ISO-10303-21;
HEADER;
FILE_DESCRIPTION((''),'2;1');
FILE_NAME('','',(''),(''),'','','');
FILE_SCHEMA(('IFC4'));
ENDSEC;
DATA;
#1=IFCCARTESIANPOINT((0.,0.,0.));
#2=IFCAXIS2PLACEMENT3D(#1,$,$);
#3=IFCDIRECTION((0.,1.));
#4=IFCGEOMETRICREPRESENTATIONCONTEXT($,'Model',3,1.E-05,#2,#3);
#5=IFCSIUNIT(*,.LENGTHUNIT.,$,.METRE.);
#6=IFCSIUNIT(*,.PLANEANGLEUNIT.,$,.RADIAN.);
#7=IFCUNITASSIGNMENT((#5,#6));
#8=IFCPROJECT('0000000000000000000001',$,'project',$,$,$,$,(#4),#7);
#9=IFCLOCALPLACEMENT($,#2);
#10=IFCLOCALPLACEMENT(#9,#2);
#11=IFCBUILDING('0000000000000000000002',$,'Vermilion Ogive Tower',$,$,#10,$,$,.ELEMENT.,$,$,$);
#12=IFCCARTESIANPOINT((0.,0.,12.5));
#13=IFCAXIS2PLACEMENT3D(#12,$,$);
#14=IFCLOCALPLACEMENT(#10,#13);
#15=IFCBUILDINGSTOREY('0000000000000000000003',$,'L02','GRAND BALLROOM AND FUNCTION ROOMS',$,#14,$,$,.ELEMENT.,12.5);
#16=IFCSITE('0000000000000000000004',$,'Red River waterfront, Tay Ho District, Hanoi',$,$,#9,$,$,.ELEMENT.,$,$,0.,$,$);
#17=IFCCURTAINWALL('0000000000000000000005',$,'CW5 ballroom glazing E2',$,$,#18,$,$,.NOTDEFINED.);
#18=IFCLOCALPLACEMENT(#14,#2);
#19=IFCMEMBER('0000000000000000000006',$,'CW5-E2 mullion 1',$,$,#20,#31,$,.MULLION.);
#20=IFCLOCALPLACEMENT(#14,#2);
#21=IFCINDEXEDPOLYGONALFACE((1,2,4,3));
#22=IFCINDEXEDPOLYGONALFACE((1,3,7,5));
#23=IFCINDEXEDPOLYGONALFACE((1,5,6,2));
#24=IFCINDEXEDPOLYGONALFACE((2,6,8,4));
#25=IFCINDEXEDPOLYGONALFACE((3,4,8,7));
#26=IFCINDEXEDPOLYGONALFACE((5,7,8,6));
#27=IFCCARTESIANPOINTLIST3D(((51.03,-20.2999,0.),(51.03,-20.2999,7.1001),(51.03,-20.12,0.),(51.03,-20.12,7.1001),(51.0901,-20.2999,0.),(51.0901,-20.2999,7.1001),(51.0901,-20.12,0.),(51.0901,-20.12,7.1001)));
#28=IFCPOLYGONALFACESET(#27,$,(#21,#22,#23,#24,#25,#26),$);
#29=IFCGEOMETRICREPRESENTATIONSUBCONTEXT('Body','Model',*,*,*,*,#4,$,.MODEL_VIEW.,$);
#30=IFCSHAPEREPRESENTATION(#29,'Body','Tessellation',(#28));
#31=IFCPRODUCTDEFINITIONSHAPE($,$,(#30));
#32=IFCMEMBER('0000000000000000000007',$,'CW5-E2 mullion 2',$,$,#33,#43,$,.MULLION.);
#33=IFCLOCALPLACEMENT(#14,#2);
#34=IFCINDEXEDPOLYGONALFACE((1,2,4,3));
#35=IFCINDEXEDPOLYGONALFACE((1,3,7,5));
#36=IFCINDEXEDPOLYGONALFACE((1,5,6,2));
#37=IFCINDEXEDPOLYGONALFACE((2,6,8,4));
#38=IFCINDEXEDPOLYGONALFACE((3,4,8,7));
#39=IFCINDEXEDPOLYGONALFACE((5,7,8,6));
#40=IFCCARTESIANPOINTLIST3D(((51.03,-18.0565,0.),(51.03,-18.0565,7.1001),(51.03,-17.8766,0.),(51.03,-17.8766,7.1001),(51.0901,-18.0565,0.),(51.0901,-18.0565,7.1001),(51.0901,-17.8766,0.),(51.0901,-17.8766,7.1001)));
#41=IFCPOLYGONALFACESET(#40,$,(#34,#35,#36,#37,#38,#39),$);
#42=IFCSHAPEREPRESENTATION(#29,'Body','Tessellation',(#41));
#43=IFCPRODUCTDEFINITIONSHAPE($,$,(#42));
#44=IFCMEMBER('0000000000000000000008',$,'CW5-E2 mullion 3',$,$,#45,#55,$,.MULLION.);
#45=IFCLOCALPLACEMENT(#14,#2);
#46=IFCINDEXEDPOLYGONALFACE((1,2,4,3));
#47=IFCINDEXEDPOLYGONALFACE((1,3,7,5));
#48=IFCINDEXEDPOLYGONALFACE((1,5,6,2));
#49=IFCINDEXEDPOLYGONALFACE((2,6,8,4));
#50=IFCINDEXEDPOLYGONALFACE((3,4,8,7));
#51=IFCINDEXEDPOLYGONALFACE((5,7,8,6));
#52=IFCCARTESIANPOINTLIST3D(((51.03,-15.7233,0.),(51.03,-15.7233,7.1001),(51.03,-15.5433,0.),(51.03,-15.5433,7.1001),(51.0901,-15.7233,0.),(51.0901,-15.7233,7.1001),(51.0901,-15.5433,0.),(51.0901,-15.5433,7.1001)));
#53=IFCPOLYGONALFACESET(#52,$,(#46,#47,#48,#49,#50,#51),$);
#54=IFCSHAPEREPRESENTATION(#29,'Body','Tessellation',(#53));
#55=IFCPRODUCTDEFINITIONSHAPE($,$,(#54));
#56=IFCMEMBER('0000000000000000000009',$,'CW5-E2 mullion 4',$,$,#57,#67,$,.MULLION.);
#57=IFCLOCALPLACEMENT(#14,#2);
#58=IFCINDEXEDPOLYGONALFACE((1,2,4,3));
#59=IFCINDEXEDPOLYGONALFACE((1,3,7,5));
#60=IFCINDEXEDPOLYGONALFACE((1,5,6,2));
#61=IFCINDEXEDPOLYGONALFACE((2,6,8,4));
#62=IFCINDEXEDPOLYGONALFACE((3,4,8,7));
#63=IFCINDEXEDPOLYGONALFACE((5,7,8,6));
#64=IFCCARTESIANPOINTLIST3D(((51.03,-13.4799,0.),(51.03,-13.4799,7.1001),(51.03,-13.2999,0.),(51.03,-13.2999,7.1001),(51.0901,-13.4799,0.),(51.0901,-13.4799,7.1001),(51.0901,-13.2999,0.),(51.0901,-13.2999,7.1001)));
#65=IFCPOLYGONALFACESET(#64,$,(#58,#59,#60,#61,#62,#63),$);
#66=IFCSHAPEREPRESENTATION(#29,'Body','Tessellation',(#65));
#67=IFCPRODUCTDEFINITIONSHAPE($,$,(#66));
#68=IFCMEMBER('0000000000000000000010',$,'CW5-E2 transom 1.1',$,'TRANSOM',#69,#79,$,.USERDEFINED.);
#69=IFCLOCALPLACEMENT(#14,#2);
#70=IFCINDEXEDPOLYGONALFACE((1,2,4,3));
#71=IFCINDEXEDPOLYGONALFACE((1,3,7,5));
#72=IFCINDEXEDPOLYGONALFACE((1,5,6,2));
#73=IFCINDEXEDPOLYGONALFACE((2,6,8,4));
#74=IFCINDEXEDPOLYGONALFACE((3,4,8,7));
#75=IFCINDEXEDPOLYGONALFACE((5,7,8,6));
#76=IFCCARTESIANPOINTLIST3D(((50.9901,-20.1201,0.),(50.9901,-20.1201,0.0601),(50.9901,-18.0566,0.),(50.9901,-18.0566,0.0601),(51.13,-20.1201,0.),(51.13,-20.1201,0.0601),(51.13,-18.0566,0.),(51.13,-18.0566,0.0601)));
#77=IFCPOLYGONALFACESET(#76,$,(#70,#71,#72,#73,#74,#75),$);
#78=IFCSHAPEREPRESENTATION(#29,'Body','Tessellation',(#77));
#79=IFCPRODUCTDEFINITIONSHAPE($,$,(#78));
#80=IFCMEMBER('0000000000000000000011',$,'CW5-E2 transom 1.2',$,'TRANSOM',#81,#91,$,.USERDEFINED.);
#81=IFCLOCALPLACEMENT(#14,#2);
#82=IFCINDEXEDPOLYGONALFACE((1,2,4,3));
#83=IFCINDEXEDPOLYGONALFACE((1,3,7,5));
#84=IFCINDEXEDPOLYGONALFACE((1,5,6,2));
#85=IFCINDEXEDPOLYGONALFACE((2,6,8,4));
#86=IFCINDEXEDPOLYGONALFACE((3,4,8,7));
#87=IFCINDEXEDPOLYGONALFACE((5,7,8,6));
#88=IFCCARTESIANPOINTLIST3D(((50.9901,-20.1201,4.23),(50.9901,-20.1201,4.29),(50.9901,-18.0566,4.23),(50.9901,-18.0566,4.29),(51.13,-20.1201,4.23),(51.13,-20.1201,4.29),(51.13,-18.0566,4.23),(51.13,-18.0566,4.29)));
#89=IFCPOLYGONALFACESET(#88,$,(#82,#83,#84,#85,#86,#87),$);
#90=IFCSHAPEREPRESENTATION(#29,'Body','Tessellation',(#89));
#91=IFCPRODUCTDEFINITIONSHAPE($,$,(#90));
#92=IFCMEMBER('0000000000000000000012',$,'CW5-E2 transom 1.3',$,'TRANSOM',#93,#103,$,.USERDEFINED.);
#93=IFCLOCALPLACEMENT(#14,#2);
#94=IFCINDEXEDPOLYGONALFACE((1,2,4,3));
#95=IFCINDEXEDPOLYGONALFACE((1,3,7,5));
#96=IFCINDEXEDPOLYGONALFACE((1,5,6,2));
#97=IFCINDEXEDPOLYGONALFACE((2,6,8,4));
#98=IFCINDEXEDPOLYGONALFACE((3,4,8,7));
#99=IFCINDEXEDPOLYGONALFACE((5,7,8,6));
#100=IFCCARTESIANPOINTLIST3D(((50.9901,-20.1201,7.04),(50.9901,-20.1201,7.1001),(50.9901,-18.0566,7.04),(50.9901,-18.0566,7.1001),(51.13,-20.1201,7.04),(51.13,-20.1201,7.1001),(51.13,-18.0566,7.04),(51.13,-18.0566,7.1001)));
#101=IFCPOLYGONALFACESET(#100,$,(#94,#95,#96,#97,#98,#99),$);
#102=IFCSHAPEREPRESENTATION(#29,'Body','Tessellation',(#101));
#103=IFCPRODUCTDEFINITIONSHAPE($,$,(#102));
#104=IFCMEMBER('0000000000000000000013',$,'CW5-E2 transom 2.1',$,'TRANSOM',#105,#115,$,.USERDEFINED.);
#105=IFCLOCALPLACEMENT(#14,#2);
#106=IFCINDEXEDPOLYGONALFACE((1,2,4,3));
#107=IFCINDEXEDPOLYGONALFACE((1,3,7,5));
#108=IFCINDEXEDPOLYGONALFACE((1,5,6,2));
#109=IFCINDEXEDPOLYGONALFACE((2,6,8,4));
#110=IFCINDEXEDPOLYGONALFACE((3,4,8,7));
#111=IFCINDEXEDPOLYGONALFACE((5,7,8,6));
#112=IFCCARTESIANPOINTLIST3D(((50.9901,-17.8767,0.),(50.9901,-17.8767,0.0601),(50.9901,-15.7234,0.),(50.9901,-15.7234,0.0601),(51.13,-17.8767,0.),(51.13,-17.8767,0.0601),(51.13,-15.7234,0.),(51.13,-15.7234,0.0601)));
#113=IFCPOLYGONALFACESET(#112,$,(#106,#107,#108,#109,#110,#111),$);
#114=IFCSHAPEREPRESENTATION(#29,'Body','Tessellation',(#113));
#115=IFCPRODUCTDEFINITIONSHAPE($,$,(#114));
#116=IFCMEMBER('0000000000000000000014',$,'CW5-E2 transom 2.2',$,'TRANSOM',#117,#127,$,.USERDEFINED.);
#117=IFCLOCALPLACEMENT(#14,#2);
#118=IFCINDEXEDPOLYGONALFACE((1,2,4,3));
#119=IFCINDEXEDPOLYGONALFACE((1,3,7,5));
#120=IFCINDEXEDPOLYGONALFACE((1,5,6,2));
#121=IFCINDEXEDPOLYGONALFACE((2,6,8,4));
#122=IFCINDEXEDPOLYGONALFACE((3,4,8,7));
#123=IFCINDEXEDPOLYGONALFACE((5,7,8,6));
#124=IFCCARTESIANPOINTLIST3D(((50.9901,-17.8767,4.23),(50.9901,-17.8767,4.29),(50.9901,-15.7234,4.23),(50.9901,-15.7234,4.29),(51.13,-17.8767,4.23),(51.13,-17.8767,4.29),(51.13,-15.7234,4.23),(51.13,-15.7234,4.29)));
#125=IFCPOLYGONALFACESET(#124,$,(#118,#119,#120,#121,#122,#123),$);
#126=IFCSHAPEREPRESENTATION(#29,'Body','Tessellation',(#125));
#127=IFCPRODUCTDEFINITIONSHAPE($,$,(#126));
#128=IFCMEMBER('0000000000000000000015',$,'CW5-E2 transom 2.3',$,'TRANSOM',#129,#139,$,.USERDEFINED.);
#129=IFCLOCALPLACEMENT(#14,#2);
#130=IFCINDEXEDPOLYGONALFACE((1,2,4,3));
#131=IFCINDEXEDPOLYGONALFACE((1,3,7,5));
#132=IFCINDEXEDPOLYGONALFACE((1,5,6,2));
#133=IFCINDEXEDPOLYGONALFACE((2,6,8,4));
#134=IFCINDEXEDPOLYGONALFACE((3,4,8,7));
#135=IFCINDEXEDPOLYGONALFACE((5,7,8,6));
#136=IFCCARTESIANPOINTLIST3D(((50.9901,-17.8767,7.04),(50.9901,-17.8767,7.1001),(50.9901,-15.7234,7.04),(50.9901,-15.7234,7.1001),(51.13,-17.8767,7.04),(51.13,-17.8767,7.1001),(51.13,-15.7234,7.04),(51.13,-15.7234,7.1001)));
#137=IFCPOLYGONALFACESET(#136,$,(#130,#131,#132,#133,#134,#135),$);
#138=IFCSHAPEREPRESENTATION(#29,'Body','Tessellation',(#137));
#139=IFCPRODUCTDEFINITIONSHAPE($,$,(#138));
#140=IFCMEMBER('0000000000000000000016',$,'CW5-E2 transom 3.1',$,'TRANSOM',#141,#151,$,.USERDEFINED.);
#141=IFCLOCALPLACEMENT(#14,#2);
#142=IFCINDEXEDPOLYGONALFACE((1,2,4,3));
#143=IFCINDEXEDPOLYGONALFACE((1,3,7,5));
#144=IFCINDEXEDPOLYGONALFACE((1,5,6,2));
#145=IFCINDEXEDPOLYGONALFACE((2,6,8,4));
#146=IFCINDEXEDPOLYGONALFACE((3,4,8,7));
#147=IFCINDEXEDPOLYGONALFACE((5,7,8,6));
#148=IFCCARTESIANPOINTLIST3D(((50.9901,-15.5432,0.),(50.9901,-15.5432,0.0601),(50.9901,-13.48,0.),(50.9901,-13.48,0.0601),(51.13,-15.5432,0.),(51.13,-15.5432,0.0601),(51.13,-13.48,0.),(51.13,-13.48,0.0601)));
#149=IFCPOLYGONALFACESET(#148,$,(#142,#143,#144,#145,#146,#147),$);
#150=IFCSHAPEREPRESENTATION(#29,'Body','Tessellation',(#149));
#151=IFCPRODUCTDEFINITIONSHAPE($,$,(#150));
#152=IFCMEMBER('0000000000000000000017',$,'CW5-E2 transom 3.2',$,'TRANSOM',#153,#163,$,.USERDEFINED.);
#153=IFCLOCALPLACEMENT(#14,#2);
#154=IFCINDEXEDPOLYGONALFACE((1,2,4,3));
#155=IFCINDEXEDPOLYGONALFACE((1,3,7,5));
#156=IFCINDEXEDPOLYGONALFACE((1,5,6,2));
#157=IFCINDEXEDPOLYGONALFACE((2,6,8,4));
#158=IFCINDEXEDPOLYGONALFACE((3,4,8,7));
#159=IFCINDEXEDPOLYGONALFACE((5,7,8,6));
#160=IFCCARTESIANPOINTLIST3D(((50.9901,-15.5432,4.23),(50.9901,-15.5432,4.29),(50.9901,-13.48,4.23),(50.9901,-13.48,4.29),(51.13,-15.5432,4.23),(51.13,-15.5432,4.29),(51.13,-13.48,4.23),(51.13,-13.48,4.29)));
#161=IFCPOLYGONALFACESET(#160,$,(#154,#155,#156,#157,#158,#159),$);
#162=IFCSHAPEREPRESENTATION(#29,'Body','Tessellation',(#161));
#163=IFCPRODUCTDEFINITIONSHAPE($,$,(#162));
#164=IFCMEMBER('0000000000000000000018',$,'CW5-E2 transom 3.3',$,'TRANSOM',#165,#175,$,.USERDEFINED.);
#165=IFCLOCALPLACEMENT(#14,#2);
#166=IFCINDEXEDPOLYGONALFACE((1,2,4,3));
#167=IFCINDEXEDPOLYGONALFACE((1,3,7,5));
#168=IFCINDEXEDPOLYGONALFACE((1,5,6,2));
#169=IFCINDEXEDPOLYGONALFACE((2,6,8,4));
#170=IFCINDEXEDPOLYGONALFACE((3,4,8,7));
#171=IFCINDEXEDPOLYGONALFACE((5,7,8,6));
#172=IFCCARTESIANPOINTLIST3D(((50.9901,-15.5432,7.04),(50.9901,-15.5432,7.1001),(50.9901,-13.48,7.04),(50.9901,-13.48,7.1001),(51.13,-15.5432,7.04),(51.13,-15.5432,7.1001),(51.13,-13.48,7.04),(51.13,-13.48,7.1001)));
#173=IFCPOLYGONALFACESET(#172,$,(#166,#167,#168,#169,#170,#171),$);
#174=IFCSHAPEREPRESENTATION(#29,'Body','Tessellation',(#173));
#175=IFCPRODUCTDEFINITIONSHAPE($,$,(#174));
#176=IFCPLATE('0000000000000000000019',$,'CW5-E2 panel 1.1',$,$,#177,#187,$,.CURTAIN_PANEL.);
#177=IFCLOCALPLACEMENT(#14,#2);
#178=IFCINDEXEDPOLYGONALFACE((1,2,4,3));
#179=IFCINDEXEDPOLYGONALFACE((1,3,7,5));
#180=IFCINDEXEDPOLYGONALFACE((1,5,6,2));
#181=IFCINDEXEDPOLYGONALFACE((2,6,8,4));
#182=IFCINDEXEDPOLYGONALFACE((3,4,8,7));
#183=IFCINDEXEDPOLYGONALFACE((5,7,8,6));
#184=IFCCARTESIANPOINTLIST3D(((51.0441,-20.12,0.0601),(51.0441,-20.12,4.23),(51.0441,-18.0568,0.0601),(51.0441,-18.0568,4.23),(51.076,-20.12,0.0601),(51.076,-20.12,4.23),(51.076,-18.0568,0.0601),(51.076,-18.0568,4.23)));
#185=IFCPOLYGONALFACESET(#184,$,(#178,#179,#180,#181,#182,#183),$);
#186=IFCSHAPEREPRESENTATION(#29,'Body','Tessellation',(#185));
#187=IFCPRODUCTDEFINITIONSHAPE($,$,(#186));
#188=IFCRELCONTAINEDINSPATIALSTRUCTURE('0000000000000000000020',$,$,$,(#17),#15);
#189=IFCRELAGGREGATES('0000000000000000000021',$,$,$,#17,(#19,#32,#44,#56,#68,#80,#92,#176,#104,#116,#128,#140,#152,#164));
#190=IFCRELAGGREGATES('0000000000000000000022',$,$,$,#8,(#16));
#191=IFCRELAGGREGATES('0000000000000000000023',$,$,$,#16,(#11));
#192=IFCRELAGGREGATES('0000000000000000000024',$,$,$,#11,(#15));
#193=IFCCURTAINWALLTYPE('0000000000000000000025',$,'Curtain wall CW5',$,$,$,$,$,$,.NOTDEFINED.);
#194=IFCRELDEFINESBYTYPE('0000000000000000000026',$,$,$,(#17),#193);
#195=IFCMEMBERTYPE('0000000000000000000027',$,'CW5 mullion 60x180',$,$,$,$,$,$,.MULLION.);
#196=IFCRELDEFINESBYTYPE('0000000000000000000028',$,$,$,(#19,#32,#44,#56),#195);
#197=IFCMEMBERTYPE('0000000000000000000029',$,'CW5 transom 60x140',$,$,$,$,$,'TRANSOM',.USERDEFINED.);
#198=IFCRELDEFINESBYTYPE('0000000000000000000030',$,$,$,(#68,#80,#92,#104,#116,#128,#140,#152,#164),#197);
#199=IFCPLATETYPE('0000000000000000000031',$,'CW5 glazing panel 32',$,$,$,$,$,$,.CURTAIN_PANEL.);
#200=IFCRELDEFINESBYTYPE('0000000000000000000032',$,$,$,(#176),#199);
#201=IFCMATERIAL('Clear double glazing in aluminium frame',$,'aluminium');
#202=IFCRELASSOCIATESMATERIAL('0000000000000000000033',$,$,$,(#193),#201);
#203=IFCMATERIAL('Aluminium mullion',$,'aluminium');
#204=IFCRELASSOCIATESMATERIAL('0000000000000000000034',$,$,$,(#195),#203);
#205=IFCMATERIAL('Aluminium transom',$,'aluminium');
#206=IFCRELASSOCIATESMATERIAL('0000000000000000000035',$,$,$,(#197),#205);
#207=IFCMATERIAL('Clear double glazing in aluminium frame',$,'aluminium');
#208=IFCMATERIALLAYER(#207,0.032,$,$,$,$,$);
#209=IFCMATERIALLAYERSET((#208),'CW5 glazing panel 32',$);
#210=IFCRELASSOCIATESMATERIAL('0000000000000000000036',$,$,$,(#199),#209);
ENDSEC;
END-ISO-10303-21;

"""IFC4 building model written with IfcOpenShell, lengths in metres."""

from ifc_helpers import new_model, si_unit, direction, frame, origin, origin_2d, place, context, subcontext, project, spatial, rectangle, extrude, material, layer, layer_set, material_profile, profile_set, type_object, element, aggregate, save


model = new_model("IFC4")

# Units and contexts
model_context = context("Model", 3, precision=1e-05, world=origin(), true_north=direction((0.0, 1.0)))
body_context = subcontext(model_context, "Body", "Model", "MODEL_VIEW")
ifc_project = project(units=[si_unit("LENGTHUNIT", "METRE"), si_unit("PLANEANGLEUNIT", "RADIAN")], contexts=[model_context])

# Site, building, storey
site_placement = place(None, origin())
site = spatial("IfcSite", under=ifc_project, at=site_placement, Name="Red River waterfront, Tay Ho District, Hanoi", CompositionType="ELEMENT", RefElevation=0.0)
building_placement = place(site_placement, origin())
building = spatial("IfcBuilding", under=site, at=building_placement, Name="Vermilion Ogive Tower", CompositionType="ELEMENT")
storey_placement = place(building_placement, frame((0.0, 0.0, 12.5)))
storey = spatial("IfcBuildingStorey", under=building, at=storey_placement, Name="L02", Description="GRAND BALLROOM AND FUNCTION ROOMS", CompositionType="ELEMENT", Elevation=12.5)

# Curtain wall, members, plate
ifc_material_1 = material(Name="Clear double glazing in aluminium frame", Category="aluminium")
curtain_wall_type = type_object("IfcCurtainWallType", Name="Curtain wall CW5", PredefinedType="NOTDEFINED", material=ifc_material_1)
curtain_wall_placement = place(storey_placement, origin())
curtain_wall = element("IfcCurtainWall", 1, at=curtain_wall_placement, inside=storey, type_object=curtain_wall_type, Name="CW5 ballroom glazing E2", PredefinedType="NOTDEFINED")
ifc_material_2 = material(Name="Aluminium mullion", Category="aluminium")
ifc_material_profile_1 = material_profile(ifc_material_2, rectangle(XDim=0.0601, YDim=0.1799, at=origin_2d()), Name="AL 60x180")
ifc_profile_set_1 = profile_set([ifc_material_profile_1], Name="Aluminium mullion")
member_type_1 = type_object("IfcMemberType", Name="CW5 mullion 60x180", PredefinedType="MULLION", material=ifc_profile_set_1)
member_1_placement = place(storey_placement, frame((51.0601, -20.21, 0.0), z_axis=(0.0, 0.0, 1.0), x_axis=(-1.0, 0.0, 0.0)))
member_1 = element("IfcMember", 2, at=member_1_placement, type_object=member_type_1, Name="CW5-E2 mullion 1", PredefinedType="MULLION", context=body_context, shape_type="SweptSolid", body=[
    extrude(rectangle(XDim=0.0601, YDim=0.1799, at=origin_2d()), origin(), (0.0, 0.0, 1.0), 7.1001),
])
member_2_placement = place(storey_placement, frame((51.0601, -17.9666, 0.0), z_axis=(0.0, 0.0, 1.0), x_axis=(-1.0, 0.0, 0.0)))
member_2 = element("IfcMember", 3, at=member_2_placement, type_object=member_type_1, Name="CW5-E2 mullion 2", PredefinedType="MULLION", context=body_context, shape_type="SweptSolid", body=[
    extrude(rectangle(XDim=0.0601, YDim=0.1799, at=origin_2d()), origin(), (0.0, 0.0, 1.0), 7.1001),
])
member_3_placement = place(storey_placement, frame((51.0601, -15.6333, 0.0), z_axis=(0.0, 0.0, 1.0), x_axis=(-1.0, 0.0, 0.0)))
member_3 = element("IfcMember", 4, at=member_3_placement, type_object=member_type_1, Name="CW5-E2 mullion 3", PredefinedType="MULLION", context=body_context, shape_type="SweptSolid", body=[
    extrude(rectangle(XDim=0.0601, YDim=0.1799, at=origin_2d()), origin(), (0.0, 0.0, 1.0), 7.1001),
])
member_4_placement = place(storey_placement, frame((51.0601, -13.3899, 0.0), z_axis=(0.0, 0.0, 1.0), x_axis=(-1.0, 0.0, 0.0)))
member_4 = element("IfcMember", 5, at=member_4_placement, type_object=member_type_1, Name="CW5-E2 mullion 4", PredefinedType="MULLION", context=body_context, shape_type="SweptSolid", body=[
    extrude(rectangle(XDim=0.0601, YDim=0.1799, at=origin_2d()), origin(), (0.0, 0.0, 1.0), 7.1001),
])
ifc_material_3 = material(Name="Aluminium transom", Category="aluminium")
ifc_material_profile_2 = material_profile(ifc_material_3, rectangle(XDim=0.1399, YDim=0.0601, at=origin_2d()), Name="AL 60x140")
ifc_profile_set_2 = profile_set([ifc_material_profile_2], Name="Aluminium transom")
member_type_2 = type_object("IfcMemberType", Name="CW5 transom 60x140", ElementType="TRANSOM", PredefinedType="USERDEFINED", material=ifc_profile_set_2)
member_5_placement = place(storey_placement, frame((51.0601, -20.1201, 0.03), z_axis=(0.0, 1.0, 0.0), x_axis=(-1.0, 0.0, 0.0)))
member_5 = element("IfcMember", 6, at=member_5_placement, type_object=member_type_2, Name="CW5-E2 transom 1.1", ObjectType="TRANSOM", PredefinedType="USERDEFINED", context=body_context, shape_type="SweptSolid", body=[
    extrude(rectangle(XDim=0.1399, YDim=0.0601, at=origin_2d()), origin(), (0.0, 0.0, 1.0), 2.0635),
])
member_6_placement = place(storey_placement, frame((51.0601, -20.1201, 4.26), z_axis=(0.0, 1.0, 0.0), x_axis=(-1.0, 0.0, 0.0)))
member_6 = element("IfcMember", 7, at=member_6_placement, type_object=member_type_2, Name="CW5-E2 transom 1.2", ObjectType="TRANSOM", PredefinedType="USERDEFINED", context=body_context, shape_type="SweptSolid", body=[
    extrude(rectangle(XDim=0.1399, YDim=0.0601, at=origin_2d()), origin(), (0.0, 0.0, 1.0), 2.0635),
])
member_7_placement = place(storey_placement, frame((51.0601, -20.1201, 7.0701), z_axis=(0.0, 1.0, 0.0), x_axis=(-1.0, 0.0, 0.0)))
member_7 = element("IfcMember", 8, at=member_7_placement, type_object=member_type_2, Name="CW5-E2 transom 1.3", ObjectType="TRANSOM", PredefinedType="USERDEFINED", context=body_context, shape_type="SweptSolid", body=[
    extrude(rectangle(XDim=0.1399, YDim=0.0601, at=origin_2d()), origin(), (0.0, 0.0, 1.0), 2.0635),
])
member_8_placement = place(storey_placement, frame((51.0601, -17.8767, 0.03), z_axis=(0.0, 1.0, 0.0), x_axis=(-1.0, 0.0, 0.0)))
member_8 = element("IfcMember", 9, at=member_8_placement, type_object=member_type_2, Name="CW5-E2 transom 2.1", ObjectType="TRANSOM", PredefinedType="USERDEFINED", context=body_context, shape_type="SweptSolid", body=[
    extrude(rectangle(XDim=0.1399, YDim=0.0601, at=origin_2d()), origin(), (0.0, 0.0, 1.0), 2.1533),
])
member_9_placement = place(storey_placement, frame((51.0601, -17.8767, 4.26), z_axis=(0.0, 1.0, 0.0), x_axis=(-1.0, 0.0, 0.0)))
member_9 = element("IfcMember", 10, at=member_9_placement, type_object=member_type_2, Name="CW5-E2 transom 2.2", ObjectType="TRANSOM", PredefinedType="USERDEFINED", context=body_context, shape_type="SweptSolid", body=[
    extrude(rectangle(XDim=0.1399, YDim=0.0601, at=origin_2d()), origin(), (0.0, 0.0, 1.0), 2.1533),
])
member_10_placement = place(storey_placement, frame((51.0601, -17.8767, 7.0701), z_axis=(0.0, 1.0, 0.0), x_axis=(-1.0, 0.0, 0.0)))
member_10 = element("IfcMember", 11, at=member_10_placement, type_object=member_type_2, Name="CW5-E2 transom 2.3", ObjectType="TRANSOM", PredefinedType="USERDEFINED", context=body_context, shape_type="SweptSolid", body=[
    extrude(rectangle(XDim=0.1399, YDim=0.0601, at=origin_2d()), origin(), (0.0, 0.0, 1.0), 2.1533),
])
member_11_placement = place(storey_placement, frame((51.0601, -15.5432, 0.03), z_axis=(0.0, 1.0, 0.0), x_axis=(-1.0, 0.0, 0.0)))
member_11 = element("IfcMember", 12, at=member_11_placement, type_object=member_type_2, Name="CW5-E2 transom 3.1", ObjectType="TRANSOM", PredefinedType="USERDEFINED", context=body_context, shape_type="SweptSolid", body=[
    extrude(rectangle(XDim=0.1399, YDim=0.0601, at=origin_2d()), origin(), (0.0, 0.0, 1.0), 2.0632),
])
member_12_placement = place(storey_placement, frame((51.0601, -15.5432, 4.26), z_axis=(0.0, 1.0, 0.0), x_axis=(-1.0, 0.0, 0.0)))
member_12 = element("IfcMember", 13, at=member_12_placement, type_object=member_type_2, Name="CW5-E2 transom 3.2", ObjectType="TRANSOM", PredefinedType="USERDEFINED", context=body_context, shape_type="SweptSolid", body=[
    extrude(rectangle(XDim=0.1399, YDim=0.0601, at=origin_2d()), origin(), (0.0, 0.0, 1.0), 2.0632),
])
member_13_placement = place(storey_placement, frame((51.0601, -15.5432, 7.0701), z_axis=(0.0, 1.0, 0.0), x_axis=(-1.0, 0.0, 0.0)))
member_13 = element("IfcMember", 14, at=member_13_placement, type_object=member_type_2, Name="CW5-E2 transom 3.3", ObjectType="TRANSOM", PredefinedType="USERDEFINED", context=body_context, shape_type="SweptSolid", body=[
    extrude(rectangle(XDim=0.1399, YDim=0.0601, at=origin_2d()), origin(), (0.0, 0.0, 1.0), 2.0632),
])
ifc_material_4 = material(Name="Clear double glazing in aluminium frame", Category="aluminium")
ifc_layer_1 = layer(ifc_material_4, 0.032)
ifc_layer_set_1 = layer_set([ifc_layer_1], Name="CW5 glazing panel 32")
plate_type = type_object("IfcPlateType", Name="CW5 glazing panel 32", PredefinedType="CURTAIN_PANEL", material=ifc_layer_set_1)
plate_1_placement = place(storey_placement, frame((51.0601, -19.0884, 0.0601), z_axis=(0.0, 0.0, 1.0), x_axis=(0.0, 1.0, 0.0)))
plate_1 = element("IfcPlate", 15, at=plate_1_placement, type_object=plate_type, Name="CW5-E2 panel 1.1", PredefinedType="CURTAIN_PANEL", context=body_context, shape_type="SweptSolid", body=[
    extrude(rectangle(XDim=2.0632, YDim=0.032, at=origin_2d()), origin(), (0.0, 0.0, 1.0), 4.1699),
])
aggregate(curtain_wall, [member_1, member_2, member_3, member_4, member_5, member_6, member_7, plate_1, member_8, member_9, member_10, member_11, member_12, member_13])

save(model, "model.ifc")
